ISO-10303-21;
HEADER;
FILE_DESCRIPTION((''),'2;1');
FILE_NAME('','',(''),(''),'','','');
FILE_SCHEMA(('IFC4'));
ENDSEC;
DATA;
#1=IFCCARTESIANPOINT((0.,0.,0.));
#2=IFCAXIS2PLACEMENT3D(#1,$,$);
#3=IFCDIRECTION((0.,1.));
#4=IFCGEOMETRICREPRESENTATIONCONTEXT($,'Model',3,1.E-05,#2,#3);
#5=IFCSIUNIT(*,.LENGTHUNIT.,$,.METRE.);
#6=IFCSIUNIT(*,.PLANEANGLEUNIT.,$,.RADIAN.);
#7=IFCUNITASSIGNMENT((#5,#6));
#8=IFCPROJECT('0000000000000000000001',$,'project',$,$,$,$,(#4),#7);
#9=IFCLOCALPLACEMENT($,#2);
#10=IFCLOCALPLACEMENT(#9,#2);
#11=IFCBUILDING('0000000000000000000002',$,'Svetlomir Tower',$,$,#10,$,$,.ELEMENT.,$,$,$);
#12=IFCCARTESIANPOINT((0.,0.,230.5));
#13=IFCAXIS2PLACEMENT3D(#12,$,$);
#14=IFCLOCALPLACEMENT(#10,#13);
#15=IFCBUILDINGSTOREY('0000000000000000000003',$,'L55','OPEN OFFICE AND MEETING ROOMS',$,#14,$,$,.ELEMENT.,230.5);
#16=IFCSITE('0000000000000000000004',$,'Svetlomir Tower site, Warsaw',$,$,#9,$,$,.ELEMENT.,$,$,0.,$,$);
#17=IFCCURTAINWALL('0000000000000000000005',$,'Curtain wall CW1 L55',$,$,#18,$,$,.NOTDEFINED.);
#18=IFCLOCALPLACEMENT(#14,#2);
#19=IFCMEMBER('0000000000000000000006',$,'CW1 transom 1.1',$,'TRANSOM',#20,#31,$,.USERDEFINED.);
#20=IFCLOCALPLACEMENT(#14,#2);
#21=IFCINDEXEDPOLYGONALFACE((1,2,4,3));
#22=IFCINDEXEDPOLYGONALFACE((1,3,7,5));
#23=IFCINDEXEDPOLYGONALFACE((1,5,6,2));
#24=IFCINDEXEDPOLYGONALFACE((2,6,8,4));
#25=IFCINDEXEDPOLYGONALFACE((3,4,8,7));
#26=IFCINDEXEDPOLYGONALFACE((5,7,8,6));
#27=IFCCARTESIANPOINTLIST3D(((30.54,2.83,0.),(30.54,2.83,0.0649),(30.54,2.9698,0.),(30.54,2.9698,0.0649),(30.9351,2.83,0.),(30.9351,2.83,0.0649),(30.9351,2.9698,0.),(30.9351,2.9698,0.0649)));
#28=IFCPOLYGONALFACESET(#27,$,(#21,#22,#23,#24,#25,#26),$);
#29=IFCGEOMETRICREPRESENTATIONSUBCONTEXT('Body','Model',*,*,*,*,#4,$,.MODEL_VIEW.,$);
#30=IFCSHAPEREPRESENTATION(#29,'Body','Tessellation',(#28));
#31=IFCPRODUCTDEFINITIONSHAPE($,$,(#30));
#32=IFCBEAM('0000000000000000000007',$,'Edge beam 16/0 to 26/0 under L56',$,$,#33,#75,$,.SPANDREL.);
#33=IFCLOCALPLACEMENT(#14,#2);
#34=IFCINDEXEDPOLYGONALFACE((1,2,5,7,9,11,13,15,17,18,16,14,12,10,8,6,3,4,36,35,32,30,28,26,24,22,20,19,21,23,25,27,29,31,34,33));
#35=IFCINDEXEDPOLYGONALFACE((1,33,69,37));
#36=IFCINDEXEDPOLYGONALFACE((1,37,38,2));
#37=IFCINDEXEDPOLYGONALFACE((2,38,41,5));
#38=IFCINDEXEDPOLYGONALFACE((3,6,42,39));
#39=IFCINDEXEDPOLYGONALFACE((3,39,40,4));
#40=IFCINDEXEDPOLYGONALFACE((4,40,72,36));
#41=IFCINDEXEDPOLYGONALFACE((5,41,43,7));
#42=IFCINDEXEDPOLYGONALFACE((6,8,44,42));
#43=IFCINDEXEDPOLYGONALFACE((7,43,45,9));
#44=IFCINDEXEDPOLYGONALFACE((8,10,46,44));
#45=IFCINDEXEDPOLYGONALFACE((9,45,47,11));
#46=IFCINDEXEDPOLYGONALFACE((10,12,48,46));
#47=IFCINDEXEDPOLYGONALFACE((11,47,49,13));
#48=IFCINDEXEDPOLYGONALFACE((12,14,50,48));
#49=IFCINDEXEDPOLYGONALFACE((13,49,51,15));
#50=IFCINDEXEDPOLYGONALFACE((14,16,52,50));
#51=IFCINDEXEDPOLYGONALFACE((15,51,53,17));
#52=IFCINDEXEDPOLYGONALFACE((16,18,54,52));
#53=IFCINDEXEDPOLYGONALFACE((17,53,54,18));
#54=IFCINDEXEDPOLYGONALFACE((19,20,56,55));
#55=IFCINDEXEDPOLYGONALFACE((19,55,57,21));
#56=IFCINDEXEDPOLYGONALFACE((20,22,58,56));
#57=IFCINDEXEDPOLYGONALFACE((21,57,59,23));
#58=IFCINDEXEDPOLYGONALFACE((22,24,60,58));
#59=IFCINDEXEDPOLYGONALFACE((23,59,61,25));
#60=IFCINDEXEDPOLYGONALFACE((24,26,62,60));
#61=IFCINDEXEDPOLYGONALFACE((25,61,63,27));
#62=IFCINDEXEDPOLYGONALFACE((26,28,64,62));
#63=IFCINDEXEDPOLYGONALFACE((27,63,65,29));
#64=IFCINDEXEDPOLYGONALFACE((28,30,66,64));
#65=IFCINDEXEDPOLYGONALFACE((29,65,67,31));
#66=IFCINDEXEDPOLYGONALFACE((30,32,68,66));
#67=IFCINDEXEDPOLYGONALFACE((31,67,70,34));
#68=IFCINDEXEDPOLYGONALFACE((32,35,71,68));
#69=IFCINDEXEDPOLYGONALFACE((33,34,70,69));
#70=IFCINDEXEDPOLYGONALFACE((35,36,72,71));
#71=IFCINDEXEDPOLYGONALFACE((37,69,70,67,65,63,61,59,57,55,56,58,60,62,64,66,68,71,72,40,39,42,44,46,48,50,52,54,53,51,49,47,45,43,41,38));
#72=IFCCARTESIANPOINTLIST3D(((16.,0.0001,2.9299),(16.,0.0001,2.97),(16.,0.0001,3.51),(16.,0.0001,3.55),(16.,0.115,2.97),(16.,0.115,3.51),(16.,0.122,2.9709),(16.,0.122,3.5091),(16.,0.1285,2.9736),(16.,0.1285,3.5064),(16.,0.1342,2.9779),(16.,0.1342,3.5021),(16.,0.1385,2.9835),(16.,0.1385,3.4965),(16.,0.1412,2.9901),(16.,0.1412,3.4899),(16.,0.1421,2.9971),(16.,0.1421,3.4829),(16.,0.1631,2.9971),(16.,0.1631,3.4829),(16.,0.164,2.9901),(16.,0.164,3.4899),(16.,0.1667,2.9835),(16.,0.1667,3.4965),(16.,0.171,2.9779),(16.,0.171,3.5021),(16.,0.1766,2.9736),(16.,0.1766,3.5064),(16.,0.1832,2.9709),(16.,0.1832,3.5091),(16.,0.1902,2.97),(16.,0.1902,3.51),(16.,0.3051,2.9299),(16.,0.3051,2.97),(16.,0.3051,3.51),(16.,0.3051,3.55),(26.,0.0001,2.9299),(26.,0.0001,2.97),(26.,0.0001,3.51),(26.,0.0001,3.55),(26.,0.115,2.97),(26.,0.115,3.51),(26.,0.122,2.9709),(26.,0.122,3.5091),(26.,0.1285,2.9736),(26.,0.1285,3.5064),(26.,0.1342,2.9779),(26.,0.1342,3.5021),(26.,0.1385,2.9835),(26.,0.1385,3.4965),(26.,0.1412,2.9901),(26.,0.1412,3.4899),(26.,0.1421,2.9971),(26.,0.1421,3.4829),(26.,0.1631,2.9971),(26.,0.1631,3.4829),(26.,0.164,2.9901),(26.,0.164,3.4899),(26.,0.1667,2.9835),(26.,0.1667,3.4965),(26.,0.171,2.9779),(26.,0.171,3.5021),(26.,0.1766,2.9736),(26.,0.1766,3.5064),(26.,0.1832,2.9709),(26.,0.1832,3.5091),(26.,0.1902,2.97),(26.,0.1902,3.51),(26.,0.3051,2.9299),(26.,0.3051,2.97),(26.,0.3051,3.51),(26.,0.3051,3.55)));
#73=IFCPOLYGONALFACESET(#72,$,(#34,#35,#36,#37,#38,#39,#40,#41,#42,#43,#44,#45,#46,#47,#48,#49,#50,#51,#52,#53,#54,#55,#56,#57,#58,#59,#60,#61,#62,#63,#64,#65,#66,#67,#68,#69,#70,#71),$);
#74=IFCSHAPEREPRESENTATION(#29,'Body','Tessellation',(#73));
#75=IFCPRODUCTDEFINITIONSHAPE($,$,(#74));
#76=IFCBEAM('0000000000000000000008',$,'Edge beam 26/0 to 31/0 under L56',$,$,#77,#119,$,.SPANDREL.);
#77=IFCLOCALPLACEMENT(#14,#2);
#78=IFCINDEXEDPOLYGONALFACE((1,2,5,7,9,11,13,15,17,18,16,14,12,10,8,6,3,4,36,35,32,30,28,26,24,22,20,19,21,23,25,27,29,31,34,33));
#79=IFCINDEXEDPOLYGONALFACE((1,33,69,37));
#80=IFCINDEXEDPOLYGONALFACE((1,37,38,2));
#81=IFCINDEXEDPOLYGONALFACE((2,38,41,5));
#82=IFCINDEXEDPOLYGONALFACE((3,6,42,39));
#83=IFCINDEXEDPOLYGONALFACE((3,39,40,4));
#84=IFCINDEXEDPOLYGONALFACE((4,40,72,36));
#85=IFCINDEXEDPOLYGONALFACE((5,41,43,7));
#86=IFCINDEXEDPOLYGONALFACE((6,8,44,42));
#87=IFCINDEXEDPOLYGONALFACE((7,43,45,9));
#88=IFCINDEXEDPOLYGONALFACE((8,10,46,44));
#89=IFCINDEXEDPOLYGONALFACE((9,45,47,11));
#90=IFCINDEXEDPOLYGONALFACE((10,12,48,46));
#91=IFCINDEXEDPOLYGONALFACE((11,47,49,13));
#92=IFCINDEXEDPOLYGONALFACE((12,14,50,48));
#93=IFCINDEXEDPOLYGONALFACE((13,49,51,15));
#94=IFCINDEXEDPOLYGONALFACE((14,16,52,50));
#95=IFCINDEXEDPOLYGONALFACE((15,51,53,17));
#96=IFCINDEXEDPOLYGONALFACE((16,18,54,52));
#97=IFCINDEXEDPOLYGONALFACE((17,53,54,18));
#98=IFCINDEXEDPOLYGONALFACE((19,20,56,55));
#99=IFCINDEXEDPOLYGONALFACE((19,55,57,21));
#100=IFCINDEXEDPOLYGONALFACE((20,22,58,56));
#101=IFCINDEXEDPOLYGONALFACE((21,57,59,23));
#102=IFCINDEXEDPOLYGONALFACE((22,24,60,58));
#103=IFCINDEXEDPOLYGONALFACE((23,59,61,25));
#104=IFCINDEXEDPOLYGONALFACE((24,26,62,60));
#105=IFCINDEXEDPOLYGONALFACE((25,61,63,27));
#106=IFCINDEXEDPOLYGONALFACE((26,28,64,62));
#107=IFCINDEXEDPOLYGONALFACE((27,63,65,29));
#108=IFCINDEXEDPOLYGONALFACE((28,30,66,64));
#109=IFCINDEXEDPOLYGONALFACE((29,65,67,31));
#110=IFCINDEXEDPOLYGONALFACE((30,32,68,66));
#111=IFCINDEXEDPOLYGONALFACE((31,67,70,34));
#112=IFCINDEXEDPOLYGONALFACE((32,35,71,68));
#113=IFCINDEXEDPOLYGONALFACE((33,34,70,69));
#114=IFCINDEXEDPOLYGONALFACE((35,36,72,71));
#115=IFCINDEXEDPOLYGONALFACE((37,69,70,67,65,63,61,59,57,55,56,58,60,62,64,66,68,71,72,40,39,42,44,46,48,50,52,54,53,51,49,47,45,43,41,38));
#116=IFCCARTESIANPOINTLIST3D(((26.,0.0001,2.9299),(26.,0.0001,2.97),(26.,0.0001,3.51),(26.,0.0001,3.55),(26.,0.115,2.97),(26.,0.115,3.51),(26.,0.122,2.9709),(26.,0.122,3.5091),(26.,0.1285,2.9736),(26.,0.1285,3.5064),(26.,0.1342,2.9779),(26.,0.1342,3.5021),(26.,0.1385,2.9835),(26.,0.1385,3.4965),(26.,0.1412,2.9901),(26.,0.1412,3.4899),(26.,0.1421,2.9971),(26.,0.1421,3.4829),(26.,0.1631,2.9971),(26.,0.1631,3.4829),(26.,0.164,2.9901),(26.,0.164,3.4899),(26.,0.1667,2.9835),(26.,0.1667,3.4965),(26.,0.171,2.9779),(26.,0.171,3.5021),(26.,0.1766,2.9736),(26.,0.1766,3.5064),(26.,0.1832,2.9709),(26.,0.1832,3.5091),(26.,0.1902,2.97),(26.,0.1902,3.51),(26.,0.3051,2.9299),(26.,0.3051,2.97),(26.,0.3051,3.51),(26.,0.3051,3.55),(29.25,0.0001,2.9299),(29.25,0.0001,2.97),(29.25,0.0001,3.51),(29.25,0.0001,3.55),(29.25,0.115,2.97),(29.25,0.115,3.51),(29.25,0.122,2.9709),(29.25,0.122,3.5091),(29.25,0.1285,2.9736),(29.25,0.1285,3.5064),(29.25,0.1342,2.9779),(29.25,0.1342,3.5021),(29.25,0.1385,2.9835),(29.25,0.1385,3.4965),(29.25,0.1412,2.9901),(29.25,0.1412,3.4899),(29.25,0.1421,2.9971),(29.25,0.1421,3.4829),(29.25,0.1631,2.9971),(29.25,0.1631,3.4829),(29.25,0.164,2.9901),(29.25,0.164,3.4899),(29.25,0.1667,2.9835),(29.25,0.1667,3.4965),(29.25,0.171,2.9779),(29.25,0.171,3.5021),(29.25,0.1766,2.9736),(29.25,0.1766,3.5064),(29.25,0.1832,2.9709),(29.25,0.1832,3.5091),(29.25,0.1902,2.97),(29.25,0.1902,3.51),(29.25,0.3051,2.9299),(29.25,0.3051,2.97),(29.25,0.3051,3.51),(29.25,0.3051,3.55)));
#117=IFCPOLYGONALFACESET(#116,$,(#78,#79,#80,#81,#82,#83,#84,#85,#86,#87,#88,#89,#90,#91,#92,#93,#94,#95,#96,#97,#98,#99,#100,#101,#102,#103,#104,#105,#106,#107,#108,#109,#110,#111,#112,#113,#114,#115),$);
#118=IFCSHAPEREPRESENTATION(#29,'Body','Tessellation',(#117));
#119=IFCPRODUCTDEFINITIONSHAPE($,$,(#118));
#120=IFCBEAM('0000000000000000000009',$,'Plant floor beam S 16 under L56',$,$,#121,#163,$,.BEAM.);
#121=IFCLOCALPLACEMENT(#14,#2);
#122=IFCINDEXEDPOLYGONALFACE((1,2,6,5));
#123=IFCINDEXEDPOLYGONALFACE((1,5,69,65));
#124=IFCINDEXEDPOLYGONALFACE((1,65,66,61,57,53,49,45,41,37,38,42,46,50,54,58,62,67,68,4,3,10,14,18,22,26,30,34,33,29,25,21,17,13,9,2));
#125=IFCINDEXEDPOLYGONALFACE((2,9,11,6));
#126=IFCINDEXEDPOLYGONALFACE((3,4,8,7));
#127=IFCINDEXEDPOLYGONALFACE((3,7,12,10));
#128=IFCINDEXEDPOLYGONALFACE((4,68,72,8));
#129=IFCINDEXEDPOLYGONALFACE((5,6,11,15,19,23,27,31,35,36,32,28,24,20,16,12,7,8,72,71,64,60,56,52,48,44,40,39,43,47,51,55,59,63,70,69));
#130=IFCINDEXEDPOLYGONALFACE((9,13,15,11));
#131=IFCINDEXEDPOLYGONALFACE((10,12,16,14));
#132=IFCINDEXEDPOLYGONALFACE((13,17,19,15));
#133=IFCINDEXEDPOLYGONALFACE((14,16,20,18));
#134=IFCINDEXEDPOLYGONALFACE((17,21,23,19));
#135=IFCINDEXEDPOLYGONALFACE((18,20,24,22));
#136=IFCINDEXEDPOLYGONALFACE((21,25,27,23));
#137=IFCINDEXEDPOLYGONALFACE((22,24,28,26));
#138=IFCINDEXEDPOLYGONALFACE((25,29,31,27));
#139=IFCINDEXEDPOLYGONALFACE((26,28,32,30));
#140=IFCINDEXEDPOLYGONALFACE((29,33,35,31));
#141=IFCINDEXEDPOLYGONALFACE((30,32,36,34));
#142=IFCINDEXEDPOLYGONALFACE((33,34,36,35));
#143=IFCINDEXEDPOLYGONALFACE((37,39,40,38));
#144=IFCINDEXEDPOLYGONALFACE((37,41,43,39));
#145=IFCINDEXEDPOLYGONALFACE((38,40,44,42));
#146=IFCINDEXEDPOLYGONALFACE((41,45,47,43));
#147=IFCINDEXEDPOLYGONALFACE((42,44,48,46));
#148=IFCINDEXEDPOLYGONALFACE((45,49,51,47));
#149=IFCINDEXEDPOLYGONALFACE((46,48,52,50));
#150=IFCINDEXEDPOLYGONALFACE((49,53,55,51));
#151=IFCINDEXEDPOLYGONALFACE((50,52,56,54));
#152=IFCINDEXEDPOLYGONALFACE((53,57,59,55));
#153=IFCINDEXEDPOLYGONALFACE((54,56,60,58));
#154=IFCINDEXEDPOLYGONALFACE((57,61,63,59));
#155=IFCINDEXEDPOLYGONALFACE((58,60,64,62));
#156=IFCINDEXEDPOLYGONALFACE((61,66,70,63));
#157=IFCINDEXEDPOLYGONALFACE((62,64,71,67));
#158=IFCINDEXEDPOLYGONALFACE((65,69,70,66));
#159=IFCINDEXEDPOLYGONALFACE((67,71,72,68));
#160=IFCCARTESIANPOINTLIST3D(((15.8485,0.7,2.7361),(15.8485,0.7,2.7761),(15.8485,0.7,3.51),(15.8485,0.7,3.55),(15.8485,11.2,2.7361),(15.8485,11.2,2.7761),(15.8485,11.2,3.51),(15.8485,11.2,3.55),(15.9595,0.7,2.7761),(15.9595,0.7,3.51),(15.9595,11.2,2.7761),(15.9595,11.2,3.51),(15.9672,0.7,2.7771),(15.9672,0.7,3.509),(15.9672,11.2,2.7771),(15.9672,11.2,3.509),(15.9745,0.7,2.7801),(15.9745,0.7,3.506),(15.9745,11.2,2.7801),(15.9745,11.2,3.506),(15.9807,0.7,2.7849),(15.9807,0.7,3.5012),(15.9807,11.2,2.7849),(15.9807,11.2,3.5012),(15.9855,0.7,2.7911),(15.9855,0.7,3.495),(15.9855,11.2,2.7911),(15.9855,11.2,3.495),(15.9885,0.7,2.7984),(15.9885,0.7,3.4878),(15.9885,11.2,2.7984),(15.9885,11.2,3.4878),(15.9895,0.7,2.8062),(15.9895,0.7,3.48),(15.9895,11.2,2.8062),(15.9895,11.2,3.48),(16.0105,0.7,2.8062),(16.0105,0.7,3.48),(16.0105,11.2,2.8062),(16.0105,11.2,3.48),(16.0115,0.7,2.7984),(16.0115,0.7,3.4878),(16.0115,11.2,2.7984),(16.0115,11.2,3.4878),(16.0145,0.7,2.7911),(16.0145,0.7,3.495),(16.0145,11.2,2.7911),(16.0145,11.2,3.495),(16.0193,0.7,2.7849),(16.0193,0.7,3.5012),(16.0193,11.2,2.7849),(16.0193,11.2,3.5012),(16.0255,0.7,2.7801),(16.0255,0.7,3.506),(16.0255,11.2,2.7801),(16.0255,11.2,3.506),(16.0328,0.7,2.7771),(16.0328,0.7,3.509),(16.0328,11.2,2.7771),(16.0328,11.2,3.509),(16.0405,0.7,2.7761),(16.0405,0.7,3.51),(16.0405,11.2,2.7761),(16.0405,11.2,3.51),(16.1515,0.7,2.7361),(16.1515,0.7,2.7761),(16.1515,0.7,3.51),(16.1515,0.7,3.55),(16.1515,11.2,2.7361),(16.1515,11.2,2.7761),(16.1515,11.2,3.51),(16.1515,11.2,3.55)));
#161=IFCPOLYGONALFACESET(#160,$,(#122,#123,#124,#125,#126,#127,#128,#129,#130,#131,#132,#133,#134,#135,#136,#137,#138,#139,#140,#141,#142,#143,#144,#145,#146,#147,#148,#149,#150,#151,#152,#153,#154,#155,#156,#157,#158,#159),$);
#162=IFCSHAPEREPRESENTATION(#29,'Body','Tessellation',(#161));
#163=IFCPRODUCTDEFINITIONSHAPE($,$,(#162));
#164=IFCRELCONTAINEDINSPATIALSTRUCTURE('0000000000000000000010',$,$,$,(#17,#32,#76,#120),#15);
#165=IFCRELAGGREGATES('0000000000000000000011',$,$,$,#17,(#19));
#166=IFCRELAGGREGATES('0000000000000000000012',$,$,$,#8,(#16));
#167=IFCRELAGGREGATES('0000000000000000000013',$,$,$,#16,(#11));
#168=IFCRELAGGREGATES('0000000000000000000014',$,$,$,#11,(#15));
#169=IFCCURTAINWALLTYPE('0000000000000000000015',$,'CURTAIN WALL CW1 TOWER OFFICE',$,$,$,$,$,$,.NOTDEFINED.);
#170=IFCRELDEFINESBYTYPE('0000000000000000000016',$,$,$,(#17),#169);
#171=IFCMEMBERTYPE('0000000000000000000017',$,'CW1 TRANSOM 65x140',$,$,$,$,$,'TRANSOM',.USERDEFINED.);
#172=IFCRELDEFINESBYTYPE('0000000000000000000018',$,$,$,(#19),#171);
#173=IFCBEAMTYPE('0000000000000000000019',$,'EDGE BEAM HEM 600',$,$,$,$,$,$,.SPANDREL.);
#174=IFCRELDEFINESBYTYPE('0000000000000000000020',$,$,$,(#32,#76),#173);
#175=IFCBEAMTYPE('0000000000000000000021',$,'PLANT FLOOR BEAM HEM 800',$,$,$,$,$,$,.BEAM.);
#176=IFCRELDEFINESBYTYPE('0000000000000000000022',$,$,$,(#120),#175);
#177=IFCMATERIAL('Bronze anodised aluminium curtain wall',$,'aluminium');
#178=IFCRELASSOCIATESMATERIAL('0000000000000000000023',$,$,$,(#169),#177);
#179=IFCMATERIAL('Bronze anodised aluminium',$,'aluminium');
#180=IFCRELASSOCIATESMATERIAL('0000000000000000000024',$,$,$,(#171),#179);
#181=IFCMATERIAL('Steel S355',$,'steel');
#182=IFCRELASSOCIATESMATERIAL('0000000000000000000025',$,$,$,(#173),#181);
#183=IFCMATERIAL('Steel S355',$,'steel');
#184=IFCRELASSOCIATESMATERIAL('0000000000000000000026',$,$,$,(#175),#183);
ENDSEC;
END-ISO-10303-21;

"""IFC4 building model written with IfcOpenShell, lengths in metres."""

from ifc_helpers import new_model, si_unit, direction, frame, origin, origin_2d, place, context, subcontext, project, spatial, rectangle, i_section, extrude, material, material_profile, profile_set, type_object, element, aggregate, save


model = new_model("IFC4")

# Units and contexts
model_context = context("Model", 3, precision=1e-05, world=origin(), true_north=direction((0.0, 1.0)))
body_context = subcontext(model_context, "Body", "Model", "MODEL_VIEW")
ifc_project = project(units=[si_unit("LENGTHUNIT", "METRE"), si_unit("PLANEANGLEUNIT", "RADIAN")], contexts=[model_context])

# Site, building, storey
site_placement = place(None, origin())
site = spatial("IfcSite", under=ifc_project, at=site_placement, Name="Svetlomir Tower site, Warsaw", CompositionType="ELEMENT", RefElevation=0.0)
building_placement = place(site_placement, origin())
building = spatial("IfcBuilding", under=site, at=building_placement, Name="Svetlomir Tower", CompositionType="ELEMENT")
storey_placement = place(building_placement, frame((0.0, 0.0, 230.5)))
storey = spatial("IfcBuildingStorey", under=building, at=storey_placement, Name="L55", Description="OPEN OFFICE AND MEETING ROOMS", CompositionType="ELEMENT", Elevation=230.5)

# Shared definitions
ifc_material_1 = material(Name="Bronze anodised aluminium curtain wall", Category="aluminium")
curtain_wall_type = type_object("IfcCurtainWallType", Name="CURTAIN WALL CW1 TOWER OFFICE", PredefinedType="NOTDEFINED", material=ifc_material_1)

# Curtain wall
curtain_wall_1_placement = place(storey_placement, origin())
curtain_wall_1 = element("IfcCurtainWall", 1, at=curtain_wall_1_placement, inside=storey, type_object=curtain_wall_type, Name="Curtain wall CW1 L55", PredefinedType="NOTDEFINED")

# Member
ifc_material_2 = material(Name="Bronze anodised aluminium", Category="aluminium")
ifc_material_profile_1 = material_profile(ifc_material_2, rectangle(XDim=0.1399, YDim=0.0649, at=origin_2d()), Name="AL 140x65")
ifc_profile_set_1 = profile_set([ifc_material_profile_1], Name="Bronze anodised aluminium 6063-T6")
member_type_1 = type_object("IfcMemberType", Name="CW1 TRANSOM 65x140", ElementType="TRANSOM", PredefinedType="USERDEFINED", material=ifc_profile_set_1)
member_1_placement = place(storey_placement, frame((30.54, 2.8999, 0.0325), z_axis=(1.0, 0.0, 0.0), x_axis=(0.0, 1.0, 0.0)))
member_1 = element("IfcMember", 2, at=member_1_placement, type_object=member_type_1, Name="CW1 transom 1.1", ObjectType="TRANSOM", PredefinedType="USERDEFINED", context=body_context, shape_type="SweptSolid", body=[
    extrude(rectangle(XDim=0.1399, YDim=0.0649, at=origin_2d()), origin(), (0.0, 0.0, 1.0), 0.395),
])
aggregate(curtain_wall_1, [member_1])

# Beams
ifc_material_3 = material(Name="Steel S355", Category="steel")
ifc_material_profile_2 = material_profile(ifc_material_3, i_section(OverallWidth=0.3049, OverallDepth=0.6201, WebThickness=0.021, FlangeThickness=0.04, FilletRadius=0.0271, at=origin_2d()), Name="HEM 600")
ifc_profile_set_2 = profile_set([ifc_material_profile_2], Name="Steel S355")
beam_type_1 = type_object("IfcBeamType", Name="EDGE BEAM HEM 600", PredefinedType="SPANDREL", material=ifc_profile_set_2)
beam_1_placement = place(storey_placement, frame((16.0, 0.1526, 3.24), z_axis=(1.0, 0.0, 0.0), x_axis=(0.0, 1.0, 0.0)))
element("IfcBeam", 3, at=beam_1_placement, inside=storey, type_object=beam_type_1, Name="Edge beam 16/0 to 26/0 under L56", PredefinedType="SPANDREL", context=body_context, shape_type="SweptSolid", body=[
    extrude(i_section(OverallWidth=0.3049, OverallDepth=0.6201, WebThickness=0.021, FlangeThickness=0.04, FilletRadius=0.0271, at=origin_2d()), origin(), (0.0, 0.0, 1.0), 10.0),
])
beam_2_placement = place(storey_placement, frame((26.0, 0.1526, 3.24), z_axis=(1.0, 0.0, 0.0), x_axis=(0.0, 1.0, 0.0)))
element("IfcBeam", 4, at=beam_2_placement, inside=storey, type_object=beam_type_1, Name="Edge beam 26/0 to 31/0 under L56", PredefinedType="SPANDREL", context=body_context, shape_type="SweptSolid", body=[
    extrude(i_section(OverallWidth=0.3049, OverallDepth=0.6201, WebThickness=0.021, FlangeThickness=0.04, FilletRadius=0.0271, at=origin_2d()), origin(), (0.0, 0.0, 1.0), 3.25),
])
ifc_material_4 = material(Name="Steel S355", Category="steel")
ifc_material_profile_3 = material_profile(ifc_material_4, i_section(OverallWidth=0.303, OverallDepth=0.814, WebThickness=0.021, FlangeThickness=0.04, FilletRadius=0.03, at=origin_2d()), Name="HEM 800")
ifc_profile_set_3 = profile_set([ifc_material_profile_3], Name="Steel S355")
beam_type_2 = type_object("IfcBeamType", Name="PLANT FLOOR BEAM HEM 800", PredefinedType="BEAM", material=ifc_profile_set_3)
for number, where, z_axis, x_axis, name in (
    (5, (16.0, 0.7, 3.1431), (0.0, 1.0, 0.0), (-1.0, 0.0, 0.0), "Plant floor beam S 16 under L56"),
):
    element("IfcBeam", number, at=place(storey_placement, frame(where, z_axis=z_axis, x_axis=x_axis)), inside=storey, type_object=beam_type_2, Name=name, PredefinedType="BEAM", context=body_context, shape_type="SweptSolid", body=[
        extrude(i_section(OverallWidth=0.303, OverallDepth=0.814, WebThickness=0.021, FlangeThickness=0.04, FilletRadius=0.03, at=origin_2d()), origin(), (0.0, 0.0, 1.0), 10.5),
    ])

save(model, "model.ifc")
